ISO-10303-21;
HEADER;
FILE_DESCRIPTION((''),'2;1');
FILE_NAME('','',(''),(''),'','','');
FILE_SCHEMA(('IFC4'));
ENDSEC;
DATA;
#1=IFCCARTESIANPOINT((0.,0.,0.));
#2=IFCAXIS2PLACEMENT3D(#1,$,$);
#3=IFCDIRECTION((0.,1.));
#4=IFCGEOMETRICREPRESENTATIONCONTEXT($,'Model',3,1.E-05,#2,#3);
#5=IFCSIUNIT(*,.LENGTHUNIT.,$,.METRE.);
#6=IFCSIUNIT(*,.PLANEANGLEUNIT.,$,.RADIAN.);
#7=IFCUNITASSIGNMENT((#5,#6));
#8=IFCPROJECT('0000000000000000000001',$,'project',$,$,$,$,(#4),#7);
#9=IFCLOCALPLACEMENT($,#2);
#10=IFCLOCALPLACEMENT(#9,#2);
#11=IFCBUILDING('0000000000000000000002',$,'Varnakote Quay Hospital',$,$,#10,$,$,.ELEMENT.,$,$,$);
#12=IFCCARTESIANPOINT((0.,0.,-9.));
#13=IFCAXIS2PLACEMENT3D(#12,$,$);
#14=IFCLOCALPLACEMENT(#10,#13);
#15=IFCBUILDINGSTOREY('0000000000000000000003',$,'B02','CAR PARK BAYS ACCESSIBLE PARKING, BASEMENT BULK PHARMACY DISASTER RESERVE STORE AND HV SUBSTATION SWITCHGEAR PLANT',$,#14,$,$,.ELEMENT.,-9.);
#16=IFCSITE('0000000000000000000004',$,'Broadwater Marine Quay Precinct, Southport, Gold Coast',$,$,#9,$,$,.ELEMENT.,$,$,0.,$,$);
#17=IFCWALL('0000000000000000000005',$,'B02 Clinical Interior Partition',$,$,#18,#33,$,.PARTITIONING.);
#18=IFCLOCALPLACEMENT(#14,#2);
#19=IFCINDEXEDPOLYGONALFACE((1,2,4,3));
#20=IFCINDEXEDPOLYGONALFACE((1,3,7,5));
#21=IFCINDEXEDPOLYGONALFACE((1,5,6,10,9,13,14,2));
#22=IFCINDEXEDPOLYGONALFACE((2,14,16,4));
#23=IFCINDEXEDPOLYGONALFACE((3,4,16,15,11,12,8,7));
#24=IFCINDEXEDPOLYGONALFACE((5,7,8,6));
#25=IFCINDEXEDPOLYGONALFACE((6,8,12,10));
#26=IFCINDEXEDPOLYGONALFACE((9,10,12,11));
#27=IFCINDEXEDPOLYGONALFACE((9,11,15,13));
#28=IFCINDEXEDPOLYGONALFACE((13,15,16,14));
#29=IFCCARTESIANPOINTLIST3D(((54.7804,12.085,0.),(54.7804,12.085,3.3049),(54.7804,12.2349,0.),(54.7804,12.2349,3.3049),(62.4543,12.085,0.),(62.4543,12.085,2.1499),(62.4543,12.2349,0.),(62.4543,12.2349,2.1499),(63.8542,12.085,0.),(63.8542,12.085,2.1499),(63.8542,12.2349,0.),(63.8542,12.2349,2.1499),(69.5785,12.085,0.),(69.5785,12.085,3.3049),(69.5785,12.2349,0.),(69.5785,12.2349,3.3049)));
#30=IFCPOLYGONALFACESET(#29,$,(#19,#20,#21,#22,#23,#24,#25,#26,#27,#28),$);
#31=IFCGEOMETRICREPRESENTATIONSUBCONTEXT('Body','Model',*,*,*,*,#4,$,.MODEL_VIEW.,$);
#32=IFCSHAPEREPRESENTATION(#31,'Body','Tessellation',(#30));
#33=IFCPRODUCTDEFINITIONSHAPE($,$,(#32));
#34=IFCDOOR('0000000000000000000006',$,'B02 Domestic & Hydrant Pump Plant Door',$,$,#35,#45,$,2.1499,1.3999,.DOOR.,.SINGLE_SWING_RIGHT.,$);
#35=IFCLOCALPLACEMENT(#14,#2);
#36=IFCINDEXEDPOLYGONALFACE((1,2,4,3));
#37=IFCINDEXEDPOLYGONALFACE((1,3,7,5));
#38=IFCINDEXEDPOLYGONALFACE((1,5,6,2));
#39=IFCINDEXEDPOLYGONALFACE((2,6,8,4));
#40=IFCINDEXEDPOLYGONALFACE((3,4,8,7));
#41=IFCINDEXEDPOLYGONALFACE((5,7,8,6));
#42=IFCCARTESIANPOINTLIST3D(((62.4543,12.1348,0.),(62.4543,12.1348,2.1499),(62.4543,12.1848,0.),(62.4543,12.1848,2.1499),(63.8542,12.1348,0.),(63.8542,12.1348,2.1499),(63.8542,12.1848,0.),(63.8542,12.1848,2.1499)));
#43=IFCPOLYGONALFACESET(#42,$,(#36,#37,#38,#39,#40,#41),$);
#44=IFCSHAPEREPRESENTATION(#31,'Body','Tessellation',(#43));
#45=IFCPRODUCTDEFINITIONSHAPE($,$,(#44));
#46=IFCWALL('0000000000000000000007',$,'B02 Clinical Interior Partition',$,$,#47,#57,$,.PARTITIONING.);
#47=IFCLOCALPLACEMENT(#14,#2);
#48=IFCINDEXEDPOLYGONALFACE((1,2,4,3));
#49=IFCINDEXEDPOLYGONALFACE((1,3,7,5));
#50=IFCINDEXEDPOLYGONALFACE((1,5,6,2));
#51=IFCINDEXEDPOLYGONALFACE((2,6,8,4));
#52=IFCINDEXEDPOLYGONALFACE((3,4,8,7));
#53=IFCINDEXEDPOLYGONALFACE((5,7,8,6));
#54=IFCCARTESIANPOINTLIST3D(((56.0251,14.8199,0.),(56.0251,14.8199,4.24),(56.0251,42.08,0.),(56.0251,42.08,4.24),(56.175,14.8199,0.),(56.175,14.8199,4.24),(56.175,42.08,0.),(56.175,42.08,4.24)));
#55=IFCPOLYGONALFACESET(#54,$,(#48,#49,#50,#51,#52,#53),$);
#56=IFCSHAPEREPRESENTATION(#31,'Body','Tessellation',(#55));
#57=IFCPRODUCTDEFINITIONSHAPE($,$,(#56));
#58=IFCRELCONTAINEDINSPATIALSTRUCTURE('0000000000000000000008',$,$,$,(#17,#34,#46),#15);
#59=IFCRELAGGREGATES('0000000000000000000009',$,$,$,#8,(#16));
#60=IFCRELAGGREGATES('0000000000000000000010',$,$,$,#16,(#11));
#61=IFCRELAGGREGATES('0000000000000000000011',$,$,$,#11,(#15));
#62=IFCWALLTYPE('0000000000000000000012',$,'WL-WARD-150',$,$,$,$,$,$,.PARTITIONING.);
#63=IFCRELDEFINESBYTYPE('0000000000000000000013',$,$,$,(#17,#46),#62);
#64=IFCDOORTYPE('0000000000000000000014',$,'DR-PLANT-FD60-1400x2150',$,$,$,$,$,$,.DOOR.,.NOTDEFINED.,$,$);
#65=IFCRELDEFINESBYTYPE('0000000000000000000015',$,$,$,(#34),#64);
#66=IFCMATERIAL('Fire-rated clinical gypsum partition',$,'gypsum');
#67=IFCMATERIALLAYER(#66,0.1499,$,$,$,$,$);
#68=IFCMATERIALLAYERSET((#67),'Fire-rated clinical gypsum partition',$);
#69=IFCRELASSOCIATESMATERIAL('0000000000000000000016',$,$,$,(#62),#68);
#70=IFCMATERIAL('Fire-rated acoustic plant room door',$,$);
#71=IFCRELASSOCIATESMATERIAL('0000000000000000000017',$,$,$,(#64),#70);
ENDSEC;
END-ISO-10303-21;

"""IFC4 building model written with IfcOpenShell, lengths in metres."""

from ifc_helpers import new_model, si_unit, direction, frame, frame_2d, origin, place, context, subcontext, project, spatial, rectangle, extrude, material, layer, layer_set, type_object, element, fill, save


model = new_model("IFC4")

# Units and contexts
model_context = context("Model", 3, precision=1e-05, world=origin(), true_north=direction((0.0, 1.0)))
body_context = subcontext(model_context, "Body", "Model", "MODEL_VIEW")
ifc_project = project(units=[si_unit("LENGTHUNIT", "METRE"), si_unit("PLANEANGLEUNIT", "RADIAN")], contexts=[model_context])

# Site, building, storey
site_placement = place(None, origin())
site = spatial("IfcSite", under=ifc_project, at=site_placement, Name="Broadwater Marine Quay Precinct, Southport, Gold Coast", CompositionType="ELEMENT", RefElevation=0.0)
building_placement = place(site_placement, origin())
building = spatial("IfcBuilding", under=site, at=building_placement, Name="Varnakote Quay Hospital", CompositionType="ELEMENT")
storey_placement = place(building_placement, frame((0.0, 0.0, -9.0)))
storey = spatial("IfcBuildingStorey", under=building, at=storey_placement, Name="B02", Description="CAR PARK BAYS ACCESSIBLE PARKING, BASEMENT BULK PHARMACY DISASTER RESERVE STORE AND HV SUBSTATION SWITCHGEAR PLANT", CompositionType="ELEMENT", Elevation=-9.0)

# Wall, opening, door
ifc_material_1 = material(Name="Fire-rated clinical gypsum partition", Category="gypsum")
ifc_layer_1 = layer(ifc_material_1, 0.1499)
ifc_layer_set_1 = layer_set([ifc_layer_1], Name="Fire-rated clinical gypsum partition")
wall_type_1 = type_object("IfcWallType", Name="WL-WARD-150", PredefinedType="PARTITIONING", material=ifc_layer_set_1)
wall_1_placement = place(storey_placement, frame((54.7805, 12.1599, 0.0), z_axis=(0.0, 0.0, 1.0), x_axis=(1.0, 0.0, 0.0)))
wall_1 = element("IfcWall", 1, at=wall_1_placement, inside=storey, type_object=wall_type_1, Name="B02 Clinical Interior Partition", PredefinedType="PARTITIONING", context=body_context, shape_type="SweptSolid", body=[
    extrude(rectangle(XDim=14.7981, YDim=0.1499, at=frame_2d((7.3989, 0.0))), origin(), (0.0, 0.0, 1.0), 3.3049),
])
opening_placement = place(wall_1_placement, frame((7.6738, 0.0, 0.0)))
opening = element("IfcOpeningElement", 2, at=opening_placement, cuts=wall_1, PredefinedType="OPENING", context=body_context, shape_type="SweptSolid", body=[
    extrude(rectangle(XDim=1.3999, YDim=2.1499, at=frame_2d((0.7, 1.075))), frame((0.0, 0.085, 0.0), z_axis=(0.0, -1.0, 0.0), x_axis=(1.0, 0.0, 0.0)), (0.0, 0.0, 1.0), 0.1699),
])
ifc_material_2 = material(Name="Fire-rated acoustic plant room door")
door_type = type_object("IfcDoorType", Name="DR-PLANT-FD60-1400x2150", OperationType="NOTDEFINED", PredefinedType="DOOR", material=ifc_material_2)
door_placement = place(opening_placement, origin())
door = element("IfcDoor", 3, at=door_placement, inside=storey, type_object=door_type, Name="B02 Domestic & Hydrant Pump Plant Door", OperationType="SINGLE_SWING_RIGHT", OverallHeight=2.1499, OverallWidth=1.3999, PredefinedType="DOOR", context=body_context, shape_type="SweptSolid", body=[
    extrude(rectangle(XDim=1.3999, YDim=2.1499, at=frame_2d((0.7, 1.075))), frame((0.0, 0.0249, 0.0), z_axis=(0.0, -1.0, 0.0), x_axis=(1.0, 0.0, 0.0)), (0.0, 0.0, 1.0), 0.05),
])
fill(opening, door)

# Wall
wall_2_placement = place(storey_placement, frame((56.1001, 14.8201, 0.0), z_axis=(0.0, 0.0, 1.0), x_axis=(0.0, 1.0, 0.0)))
element("IfcWall", 4, at=wall_2_placement, inside=storey, type_object=wall_type_1, Name="B02 Clinical Interior Partition", PredefinedType="PARTITIONING", context=body_context, shape_type="SweptSolid", body=[
    extrude(rectangle(XDim=27.26, YDim=0.1499, at=frame_2d((13.6299, 0.0))), origin(), (0.0, 0.0, 1.0), 4.24),
])

save(model, "model.ifc")
